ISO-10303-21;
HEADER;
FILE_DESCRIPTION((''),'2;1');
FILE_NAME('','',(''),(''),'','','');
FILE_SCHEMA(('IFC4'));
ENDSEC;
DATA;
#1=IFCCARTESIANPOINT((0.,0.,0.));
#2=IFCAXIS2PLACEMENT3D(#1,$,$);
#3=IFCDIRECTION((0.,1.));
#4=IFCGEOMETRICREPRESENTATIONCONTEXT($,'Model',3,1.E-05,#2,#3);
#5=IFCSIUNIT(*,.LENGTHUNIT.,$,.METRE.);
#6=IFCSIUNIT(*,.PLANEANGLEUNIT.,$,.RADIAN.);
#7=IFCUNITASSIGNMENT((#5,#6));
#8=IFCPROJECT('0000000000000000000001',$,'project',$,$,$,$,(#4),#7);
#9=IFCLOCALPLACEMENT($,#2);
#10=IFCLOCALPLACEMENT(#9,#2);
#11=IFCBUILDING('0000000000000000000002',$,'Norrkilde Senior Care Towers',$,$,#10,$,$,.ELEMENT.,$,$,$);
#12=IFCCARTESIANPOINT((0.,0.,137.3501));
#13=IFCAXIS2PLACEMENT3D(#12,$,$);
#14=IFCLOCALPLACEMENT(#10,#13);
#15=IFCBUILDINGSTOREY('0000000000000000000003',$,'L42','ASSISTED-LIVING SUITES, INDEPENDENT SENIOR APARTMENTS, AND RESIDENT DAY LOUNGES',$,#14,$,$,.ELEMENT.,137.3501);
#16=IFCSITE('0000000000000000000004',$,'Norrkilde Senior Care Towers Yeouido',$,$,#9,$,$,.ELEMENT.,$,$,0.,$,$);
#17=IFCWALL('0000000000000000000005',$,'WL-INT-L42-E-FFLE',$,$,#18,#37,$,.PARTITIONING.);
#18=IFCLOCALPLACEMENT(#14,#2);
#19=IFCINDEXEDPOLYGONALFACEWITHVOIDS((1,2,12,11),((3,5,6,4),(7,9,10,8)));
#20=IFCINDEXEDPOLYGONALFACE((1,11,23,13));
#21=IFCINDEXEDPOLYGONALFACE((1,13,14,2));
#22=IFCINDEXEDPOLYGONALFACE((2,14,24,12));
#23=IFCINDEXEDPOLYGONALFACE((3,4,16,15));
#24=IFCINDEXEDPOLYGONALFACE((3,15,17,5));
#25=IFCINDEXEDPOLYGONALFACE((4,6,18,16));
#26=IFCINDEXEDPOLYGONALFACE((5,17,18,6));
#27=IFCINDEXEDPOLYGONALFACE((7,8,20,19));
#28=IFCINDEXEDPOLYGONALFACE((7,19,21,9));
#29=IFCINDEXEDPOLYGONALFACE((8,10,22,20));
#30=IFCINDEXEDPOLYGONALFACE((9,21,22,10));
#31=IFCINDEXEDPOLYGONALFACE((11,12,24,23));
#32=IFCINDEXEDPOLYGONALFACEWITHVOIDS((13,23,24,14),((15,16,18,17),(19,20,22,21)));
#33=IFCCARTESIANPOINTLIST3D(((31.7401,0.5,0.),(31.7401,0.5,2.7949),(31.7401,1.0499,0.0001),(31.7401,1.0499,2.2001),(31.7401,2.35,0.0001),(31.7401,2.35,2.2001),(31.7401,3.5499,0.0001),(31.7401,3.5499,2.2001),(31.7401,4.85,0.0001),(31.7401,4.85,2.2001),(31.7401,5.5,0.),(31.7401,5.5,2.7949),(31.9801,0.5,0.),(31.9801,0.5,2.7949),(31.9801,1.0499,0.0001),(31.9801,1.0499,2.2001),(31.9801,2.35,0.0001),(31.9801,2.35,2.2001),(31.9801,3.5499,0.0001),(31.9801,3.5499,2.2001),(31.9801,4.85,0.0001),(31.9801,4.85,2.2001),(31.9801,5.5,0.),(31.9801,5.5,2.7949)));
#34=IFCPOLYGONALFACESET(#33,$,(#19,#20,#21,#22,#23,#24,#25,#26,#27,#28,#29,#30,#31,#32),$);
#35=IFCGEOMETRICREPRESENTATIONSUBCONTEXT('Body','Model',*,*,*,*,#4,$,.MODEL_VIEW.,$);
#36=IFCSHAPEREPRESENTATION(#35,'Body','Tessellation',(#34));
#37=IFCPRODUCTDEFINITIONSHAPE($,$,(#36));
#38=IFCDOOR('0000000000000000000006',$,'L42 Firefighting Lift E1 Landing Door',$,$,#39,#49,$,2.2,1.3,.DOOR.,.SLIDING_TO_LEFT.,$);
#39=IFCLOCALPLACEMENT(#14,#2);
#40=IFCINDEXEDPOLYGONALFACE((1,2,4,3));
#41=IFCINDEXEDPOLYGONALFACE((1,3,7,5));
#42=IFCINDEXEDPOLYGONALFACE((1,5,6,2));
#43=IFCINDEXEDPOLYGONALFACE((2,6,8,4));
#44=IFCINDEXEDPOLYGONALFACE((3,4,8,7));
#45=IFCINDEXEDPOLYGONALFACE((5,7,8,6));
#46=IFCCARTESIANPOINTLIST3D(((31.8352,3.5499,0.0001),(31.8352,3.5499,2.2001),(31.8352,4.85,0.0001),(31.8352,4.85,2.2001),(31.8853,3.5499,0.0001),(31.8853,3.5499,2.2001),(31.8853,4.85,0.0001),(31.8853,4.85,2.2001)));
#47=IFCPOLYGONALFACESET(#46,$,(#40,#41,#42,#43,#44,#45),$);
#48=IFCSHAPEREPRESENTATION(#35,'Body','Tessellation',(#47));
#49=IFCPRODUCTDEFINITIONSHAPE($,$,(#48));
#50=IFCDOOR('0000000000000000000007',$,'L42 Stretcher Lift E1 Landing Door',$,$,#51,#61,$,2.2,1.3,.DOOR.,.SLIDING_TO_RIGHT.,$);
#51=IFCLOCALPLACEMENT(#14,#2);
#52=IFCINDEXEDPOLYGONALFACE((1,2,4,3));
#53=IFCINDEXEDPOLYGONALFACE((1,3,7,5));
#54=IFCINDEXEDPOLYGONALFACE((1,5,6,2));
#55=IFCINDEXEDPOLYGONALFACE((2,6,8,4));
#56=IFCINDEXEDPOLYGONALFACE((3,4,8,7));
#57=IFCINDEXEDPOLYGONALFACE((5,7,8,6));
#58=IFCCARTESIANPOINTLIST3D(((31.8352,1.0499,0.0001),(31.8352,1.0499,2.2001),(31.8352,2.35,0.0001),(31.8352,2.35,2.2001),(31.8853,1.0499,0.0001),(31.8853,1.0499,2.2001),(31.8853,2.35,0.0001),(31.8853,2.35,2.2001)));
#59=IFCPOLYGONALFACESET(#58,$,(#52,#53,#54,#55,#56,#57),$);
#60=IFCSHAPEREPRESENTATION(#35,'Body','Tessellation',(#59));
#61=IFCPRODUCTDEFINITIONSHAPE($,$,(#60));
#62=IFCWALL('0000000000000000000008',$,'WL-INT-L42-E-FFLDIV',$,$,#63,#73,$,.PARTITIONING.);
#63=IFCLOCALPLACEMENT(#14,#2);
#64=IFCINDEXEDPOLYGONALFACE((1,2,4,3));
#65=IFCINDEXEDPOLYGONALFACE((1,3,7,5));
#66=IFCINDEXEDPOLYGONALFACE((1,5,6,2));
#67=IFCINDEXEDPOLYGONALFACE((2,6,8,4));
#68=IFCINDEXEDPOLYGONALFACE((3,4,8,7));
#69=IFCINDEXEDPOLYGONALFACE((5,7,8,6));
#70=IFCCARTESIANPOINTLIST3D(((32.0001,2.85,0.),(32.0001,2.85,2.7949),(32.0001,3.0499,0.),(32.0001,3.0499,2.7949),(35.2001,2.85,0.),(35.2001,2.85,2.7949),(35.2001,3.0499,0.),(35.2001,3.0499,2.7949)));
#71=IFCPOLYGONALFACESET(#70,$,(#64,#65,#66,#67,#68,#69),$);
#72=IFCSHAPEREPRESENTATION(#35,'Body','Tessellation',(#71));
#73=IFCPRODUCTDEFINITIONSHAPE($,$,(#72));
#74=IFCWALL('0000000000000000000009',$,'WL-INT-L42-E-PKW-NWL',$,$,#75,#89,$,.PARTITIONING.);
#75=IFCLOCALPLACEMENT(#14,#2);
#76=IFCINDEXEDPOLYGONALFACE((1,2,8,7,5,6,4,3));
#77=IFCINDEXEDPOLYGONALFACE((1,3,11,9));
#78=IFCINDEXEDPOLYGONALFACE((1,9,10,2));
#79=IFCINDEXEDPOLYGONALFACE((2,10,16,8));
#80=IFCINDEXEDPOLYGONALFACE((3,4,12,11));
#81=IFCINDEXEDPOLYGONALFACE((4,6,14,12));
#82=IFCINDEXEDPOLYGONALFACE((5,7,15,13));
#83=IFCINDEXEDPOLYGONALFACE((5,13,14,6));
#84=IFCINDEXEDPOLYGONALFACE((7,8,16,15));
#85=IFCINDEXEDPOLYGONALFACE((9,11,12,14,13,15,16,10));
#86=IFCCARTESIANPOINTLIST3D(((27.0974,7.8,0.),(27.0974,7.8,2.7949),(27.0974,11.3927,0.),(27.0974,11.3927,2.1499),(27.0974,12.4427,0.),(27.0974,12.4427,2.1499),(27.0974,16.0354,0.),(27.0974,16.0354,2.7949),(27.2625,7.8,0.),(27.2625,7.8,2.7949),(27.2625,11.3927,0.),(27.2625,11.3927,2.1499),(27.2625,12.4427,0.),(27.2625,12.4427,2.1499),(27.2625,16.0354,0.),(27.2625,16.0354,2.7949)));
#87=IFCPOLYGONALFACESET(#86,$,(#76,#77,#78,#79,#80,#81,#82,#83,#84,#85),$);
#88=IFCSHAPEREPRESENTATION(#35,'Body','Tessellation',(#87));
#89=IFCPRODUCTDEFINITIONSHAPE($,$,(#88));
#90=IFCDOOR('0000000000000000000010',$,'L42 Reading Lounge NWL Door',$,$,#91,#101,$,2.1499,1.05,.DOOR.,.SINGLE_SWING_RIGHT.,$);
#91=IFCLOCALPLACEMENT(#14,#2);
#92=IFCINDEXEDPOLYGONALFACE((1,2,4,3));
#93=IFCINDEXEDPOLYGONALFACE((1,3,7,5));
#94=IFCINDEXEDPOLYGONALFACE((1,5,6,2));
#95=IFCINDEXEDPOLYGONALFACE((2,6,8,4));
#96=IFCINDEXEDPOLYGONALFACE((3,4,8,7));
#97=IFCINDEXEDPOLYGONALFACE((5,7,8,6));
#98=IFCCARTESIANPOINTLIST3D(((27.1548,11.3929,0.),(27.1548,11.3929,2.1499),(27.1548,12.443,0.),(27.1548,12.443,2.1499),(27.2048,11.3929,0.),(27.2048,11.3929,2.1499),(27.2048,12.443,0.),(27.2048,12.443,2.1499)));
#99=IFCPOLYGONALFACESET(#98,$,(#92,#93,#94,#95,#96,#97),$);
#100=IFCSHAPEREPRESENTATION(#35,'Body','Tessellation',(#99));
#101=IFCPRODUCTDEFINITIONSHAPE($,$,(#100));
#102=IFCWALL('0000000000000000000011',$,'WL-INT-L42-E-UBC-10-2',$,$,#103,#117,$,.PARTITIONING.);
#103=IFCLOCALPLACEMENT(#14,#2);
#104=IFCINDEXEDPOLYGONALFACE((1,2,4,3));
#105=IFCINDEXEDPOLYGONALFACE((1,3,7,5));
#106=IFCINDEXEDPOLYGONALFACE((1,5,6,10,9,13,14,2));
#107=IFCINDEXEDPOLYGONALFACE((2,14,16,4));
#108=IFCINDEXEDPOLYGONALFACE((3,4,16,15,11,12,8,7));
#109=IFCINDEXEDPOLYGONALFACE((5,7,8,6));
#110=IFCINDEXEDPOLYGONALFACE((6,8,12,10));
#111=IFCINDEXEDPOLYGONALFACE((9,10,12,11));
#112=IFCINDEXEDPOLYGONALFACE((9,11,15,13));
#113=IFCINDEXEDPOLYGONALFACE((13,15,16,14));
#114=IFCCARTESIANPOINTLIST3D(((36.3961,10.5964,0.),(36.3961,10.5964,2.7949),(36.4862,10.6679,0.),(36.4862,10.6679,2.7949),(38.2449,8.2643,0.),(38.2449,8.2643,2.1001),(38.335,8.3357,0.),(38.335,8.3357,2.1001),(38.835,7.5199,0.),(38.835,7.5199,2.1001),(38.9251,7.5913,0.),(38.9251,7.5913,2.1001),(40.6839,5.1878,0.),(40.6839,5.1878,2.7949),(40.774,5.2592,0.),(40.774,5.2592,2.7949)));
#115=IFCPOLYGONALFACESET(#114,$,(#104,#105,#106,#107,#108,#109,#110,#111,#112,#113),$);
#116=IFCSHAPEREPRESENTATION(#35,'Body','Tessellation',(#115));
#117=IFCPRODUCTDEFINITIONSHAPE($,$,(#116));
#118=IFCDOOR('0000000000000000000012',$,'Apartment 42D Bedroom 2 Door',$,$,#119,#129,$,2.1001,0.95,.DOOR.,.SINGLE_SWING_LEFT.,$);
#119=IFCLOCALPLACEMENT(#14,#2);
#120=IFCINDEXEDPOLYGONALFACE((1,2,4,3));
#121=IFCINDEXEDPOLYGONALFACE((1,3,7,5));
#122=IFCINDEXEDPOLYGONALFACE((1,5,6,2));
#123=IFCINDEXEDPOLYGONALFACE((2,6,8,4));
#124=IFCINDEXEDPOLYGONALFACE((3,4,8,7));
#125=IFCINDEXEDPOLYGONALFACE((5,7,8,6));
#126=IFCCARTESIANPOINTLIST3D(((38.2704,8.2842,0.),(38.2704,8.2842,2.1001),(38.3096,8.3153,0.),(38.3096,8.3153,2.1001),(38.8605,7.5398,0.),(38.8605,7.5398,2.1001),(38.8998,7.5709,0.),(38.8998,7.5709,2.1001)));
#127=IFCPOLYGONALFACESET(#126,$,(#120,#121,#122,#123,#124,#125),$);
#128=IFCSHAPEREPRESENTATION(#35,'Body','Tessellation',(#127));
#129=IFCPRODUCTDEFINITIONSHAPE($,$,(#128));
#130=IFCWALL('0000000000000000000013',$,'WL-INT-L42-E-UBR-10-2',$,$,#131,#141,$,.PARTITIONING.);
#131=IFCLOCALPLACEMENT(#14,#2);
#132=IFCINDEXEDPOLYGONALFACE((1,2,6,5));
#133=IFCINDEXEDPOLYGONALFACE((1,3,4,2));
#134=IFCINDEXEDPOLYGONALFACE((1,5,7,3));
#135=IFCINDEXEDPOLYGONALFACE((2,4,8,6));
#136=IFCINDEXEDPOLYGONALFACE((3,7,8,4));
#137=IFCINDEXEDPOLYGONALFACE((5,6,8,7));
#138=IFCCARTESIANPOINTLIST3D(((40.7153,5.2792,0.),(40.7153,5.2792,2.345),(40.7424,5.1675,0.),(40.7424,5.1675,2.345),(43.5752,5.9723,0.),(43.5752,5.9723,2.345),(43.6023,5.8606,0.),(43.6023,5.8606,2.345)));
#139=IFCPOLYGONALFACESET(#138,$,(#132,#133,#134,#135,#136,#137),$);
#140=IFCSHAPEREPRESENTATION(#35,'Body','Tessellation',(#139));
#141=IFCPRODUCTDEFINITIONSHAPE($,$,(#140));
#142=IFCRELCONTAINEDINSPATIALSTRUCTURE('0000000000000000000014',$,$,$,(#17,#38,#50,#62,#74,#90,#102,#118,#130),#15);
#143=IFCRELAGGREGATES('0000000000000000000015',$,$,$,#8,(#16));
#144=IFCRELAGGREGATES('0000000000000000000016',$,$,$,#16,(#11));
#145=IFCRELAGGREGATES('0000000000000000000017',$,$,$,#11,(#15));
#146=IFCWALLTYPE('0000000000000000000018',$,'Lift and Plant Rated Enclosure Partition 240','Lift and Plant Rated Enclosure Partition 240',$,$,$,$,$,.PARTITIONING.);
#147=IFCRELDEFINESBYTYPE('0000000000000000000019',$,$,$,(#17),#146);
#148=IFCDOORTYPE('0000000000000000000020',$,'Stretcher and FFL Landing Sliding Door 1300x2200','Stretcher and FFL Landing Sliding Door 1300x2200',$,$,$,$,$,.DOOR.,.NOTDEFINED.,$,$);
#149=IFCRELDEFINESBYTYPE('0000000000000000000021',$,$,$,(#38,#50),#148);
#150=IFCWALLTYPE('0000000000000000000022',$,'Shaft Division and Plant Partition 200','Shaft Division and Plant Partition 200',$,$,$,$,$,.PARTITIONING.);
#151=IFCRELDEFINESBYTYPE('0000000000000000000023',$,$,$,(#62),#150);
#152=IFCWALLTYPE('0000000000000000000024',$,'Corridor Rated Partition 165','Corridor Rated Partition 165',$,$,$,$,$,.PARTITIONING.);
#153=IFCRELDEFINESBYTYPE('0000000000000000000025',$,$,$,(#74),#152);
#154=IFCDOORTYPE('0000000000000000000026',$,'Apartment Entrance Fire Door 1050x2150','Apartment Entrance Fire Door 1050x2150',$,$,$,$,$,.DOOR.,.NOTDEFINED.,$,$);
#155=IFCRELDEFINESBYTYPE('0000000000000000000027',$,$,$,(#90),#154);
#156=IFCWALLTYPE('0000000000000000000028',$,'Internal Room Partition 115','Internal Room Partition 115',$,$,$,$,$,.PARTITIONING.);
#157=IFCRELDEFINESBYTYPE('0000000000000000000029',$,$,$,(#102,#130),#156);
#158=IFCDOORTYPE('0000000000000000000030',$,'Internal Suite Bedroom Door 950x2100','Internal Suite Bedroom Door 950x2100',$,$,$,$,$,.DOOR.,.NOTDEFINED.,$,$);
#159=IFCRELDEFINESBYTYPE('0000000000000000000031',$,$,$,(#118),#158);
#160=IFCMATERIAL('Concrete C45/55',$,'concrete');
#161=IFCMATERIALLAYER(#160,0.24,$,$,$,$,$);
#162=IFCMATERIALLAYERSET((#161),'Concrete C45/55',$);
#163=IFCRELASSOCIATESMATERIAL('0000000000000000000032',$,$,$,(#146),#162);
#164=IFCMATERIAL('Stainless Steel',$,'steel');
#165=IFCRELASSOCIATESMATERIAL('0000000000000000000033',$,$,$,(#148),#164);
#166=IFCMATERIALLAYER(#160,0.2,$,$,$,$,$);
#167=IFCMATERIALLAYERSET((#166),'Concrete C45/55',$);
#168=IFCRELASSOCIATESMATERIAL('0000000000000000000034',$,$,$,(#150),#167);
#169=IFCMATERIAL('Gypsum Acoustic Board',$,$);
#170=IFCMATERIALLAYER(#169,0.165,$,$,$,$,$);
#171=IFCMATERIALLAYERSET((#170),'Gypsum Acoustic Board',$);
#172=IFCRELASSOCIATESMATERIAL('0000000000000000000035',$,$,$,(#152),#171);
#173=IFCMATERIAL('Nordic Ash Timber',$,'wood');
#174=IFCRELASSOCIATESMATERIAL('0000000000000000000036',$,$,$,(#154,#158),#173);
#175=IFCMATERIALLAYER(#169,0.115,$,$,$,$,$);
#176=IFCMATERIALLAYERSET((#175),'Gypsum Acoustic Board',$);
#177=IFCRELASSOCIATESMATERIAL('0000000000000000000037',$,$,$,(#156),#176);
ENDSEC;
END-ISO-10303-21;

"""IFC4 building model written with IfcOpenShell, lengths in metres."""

from ifc_helpers import new_model, si_unit, direction, frame, frame_2d, origin, place, context, subcontext, project, spatial, rectangle, extrude, source, transform, mapped, material, layer, layer_set, type_object, type_shapes, element, fill, save


model = new_model("IFC4")

# Units and contexts
model_context = context("Model", 3, precision=1e-05, world=origin(), true_north=direction((0.0, 1.0)))
body_context = subcontext(model_context, "Body", "Model", "MODEL_VIEW")
ifc_project = project(units=[si_unit("LENGTHUNIT", "METRE"), si_unit("PLANEANGLEUNIT", "RADIAN")], contexts=[model_context])

# Site, building, storey
site_placement = place(None, origin())
site = spatial("IfcSite", under=ifc_project, at=site_placement, Name="Norrkilde Senior Care Towers Yeouido", CompositionType="ELEMENT", RefElevation=0.0)
building_placement = place(site_placement, origin())
building = spatial("IfcBuilding", under=site, at=building_placement, Name="Norrkilde Senior Care Towers", CompositionType="ELEMENT")
storey_placement = place(building_placement, frame((0.0, 0.0, 137.3501)))
storey = spatial("IfcBuildingStorey", under=building, at=storey_placement, Name="L42", Description="ASSISTED-LIVING SUITES, INDEPENDENT SENIOR APARTMENTS, AND RESIDENT DAY LOUNGES", CompositionType="ELEMENT", Elevation=137.3501)

# Wall, openings, doors
ifc_material_1 = material(Name="Concrete C45/55", Category="concrete")
ifc_layer_1 = layer(ifc_material_1, 0.24)
ifc_layer_set_1 = layer_set([ifc_layer_1], Name="Concrete C45/55")
wall_type_1 = type_object("IfcWallType", Name="Lift and Plant Rated Enclosure Partition 240", Description="Lift and Plant Rated Enclosure Partition 240", PredefinedType="PARTITIONING", material=ifc_layer_set_1)
shared_shape_1 = source(origin(), body_context, "Body", "SweptSolid", [
    extrude(rectangle(XDim=5.0, YDim=0.24, at=frame_2d((2.5, 0.0))), origin(), (0.0, 0.0, 1.0), 2.7949),
])
type_shapes(wall_type_1, [shared_shape_1])
wall_1_placement = place(storey_placement, frame((31.8601, 0.5, 0.0), z_axis=(0.0, 0.0, 1.0), x_axis=(0.0, 1.0, 0.0)))
wall_1 = element("IfcWall", 1, at=wall_1_placement, inside=storey, type_object=wall_type_1, Name="WL-INT-L42-E-FFLE", PredefinedType="PARTITIONING", context=body_context, shape_type="MappedRepresentation", body=[
    mapped(shared_shape_1, transform((0.0, 0.0, 0.0), x_axis=(1.0, 0.0, 0.0), y_axis=(0.0, 1.0, 0.0), z_axis=(0.0, 0.0, 1.0), scale=1.0)),
])
opening_1_placement = place(wall_1_placement, frame((3.05, 0.0, 0.0)))
opening_1 = element("IfcOpeningElement", 2, at=opening_1_placement, cuts=wall_1, PredefinedType="OPENING", context=body_context, shape_type="SweptSolid", body=[
    extrude(rectangle(XDim=1.3, YDim=2.2, at=frame_2d((0.6499, 1.1001))), frame((0.0, 0.1299, 0.0), z_axis=(0.0, -1.0, 0.0), x_axis=(1.0, 0.0, 0.0)), (0.0, 0.0, 1.0), 0.26),
])
opening_2_placement = place(wall_1_placement, frame((0.55, 0.0, 0.0)))
opening_2 = element("IfcOpeningElement", 3, at=opening_2_placement, cuts=wall_1, PredefinedType="OPENING", context=body_context, shape_type="SweptSolid", body=[
    extrude(rectangle(XDim=1.3, YDim=2.2, at=frame_2d((0.6499, 1.1001))), frame((0.0, 0.1299, 0.0), z_axis=(0.0, -1.0, 0.0), x_axis=(1.0, 0.0, 0.0)), (0.0, 0.0, 1.0), 0.26),
])
ifc_material_2 = material(Name="Stainless Steel", Category="steel")
door_type_1 = type_object("IfcDoorType", Name="Stretcher and FFL Landing Sliding Door 1300x2200", Description="Stretcher and FFL Landing Sliding Door 1300x2200", OperationType="NOTDEFINED", PredefinedType="DOOR", material=ifc_material_2)
shared_shape_2 = source(origin(), body_context, "Body", "SweptSolid", [
    extrude(rectangle(XDim=1.3, YDim=2.2, at=frame_2d((0.6499, 1.1001))), frame((0.0, 0.0249, 0.0), z_axis=(0.0, -1.0, 0.0), x_axis=(1.0, 0.0, 0.0)), (0.0, 0.0, 1.0), 0.05),
])
type_shapes(door_type_1, [shared_shape_2])
door_1_placement = place(opening_1_placement, origin())
door_1 = element("IfcDoor", 4, at=door_1_placement, inside=storey, type_object=door_type_1, Name="L42 Firefighting Lift E1 Landing Door", OperationType="SLIDING_TO_LEFT", OverallHeight=2.2, OverallWidth=1.3, PredefinedType="DOOR", context=body_context, shape_type="MappedRepresentation", body=[
    mapped(shared_shape_2, transform((0.0, 0.0, 0.0), x_axis=(1.0, 0.0, 0.0), y_axis=(0.0, 1.0, 0.0), z_axis=(0.0, 0.0, 1.0), scale=1.0)),
])
fill(opening_1, door_1)
door_2_placement = place(opening_2_placement, origin())
door_2 = element("IfcDoor", 5, at=door_2_placement, inside=storey, type_object=door_type_1, Name="L42 Stretcher Lift E1 Landing Door", OperationType="SLIDING_TO_RIGHT", OverallHeight=2.2, OverallWidth=1.3, PredefinedType="DOOR", context=body_context, shape_type="MappedRepresentation", body=[
    mapped(shared_shape_2, transform((0.0, 0.0, 0.0), x_axis=(1.0, 0.0, 0.0), y_axis=(0.0, 1.0, 0.0), z_axis=(0.0, 0.0, 1.0), scale=1.0)),
])
fill(opening_2, door_2)

# Wall
ifc_layer_2 = layer(ifc_material_1, 0.2)
ifc_layer_set_2 = layer_set([ifc_layer_2], Name="Concrete C45/55")
wall_type_2 = type_object("IfcWallType", Name="Shaft Division and Plant Partition 200", Description="Shaft Division and Plant Partition 200", PredefinedType="PARTITIONING", material=ifc_layer_set_2)
shared_shape_3 = source(origin(), body_context, "Body", "SweptSolid", [
    extrude(rectangle(XDim=3.2, YDim=0.2, at=frame_2d((1.6001, 0.0))), origin(), (0.0, 0.0, 1.0), 2.7949),
])
type_shapes(wall_type_2, [shared_shape_3])
wall_2_placement = place(storey_placement, frame((32.0, 2.95, 0.0), z_axis=(0.0, 0.0, 1.0), x_axis=(1.0, 0.0, 0.0)))
element("IfcWall", 6, at=wall_2_placement, inside=storey, type_object=wall_type_2, Name="WL-INT-L42-E-FFLDIV", PredefinedType="PARTITIONING", context=body_context, shape_type="MappedRepresentation", body=[
    mapped(shared_shape_3, transform((0.0, 0.0, 0.0), x_axis=(1.0, 0.0, 0.0), y_axis=(0.0, 1.0, 0.0), z_axis=(0.0, 0.0, 1.0), scale=1.0)),
])

# Walls, openings, doors
ifc_material_3 = material(Name="Gypsum Acoustic Board")
ifc_layer_3 = layer(ifc_material_3, 0.165)
ifc_layer_set_3 = layer_set([ifc_layer_3], Name="Gypsum Acoustic Board")
wall_type_3 = type_object("IfcWallType", Name="Corridor Rated Partition 165", Description="Corridor Rated Partition 165", PredefinedType="PARTITIONING", material=ifc_layer_set_3)
shared_shape_4 = source(origin(), body_context, "Body", "SweptSolid", [
    extrude(rectangle(XDim=8.2354, YDim=0.165, at=frame_2d((4.1177, 0.0))), origin(), (0.0, 0.0, 1.0), 2.7949),
])
type_shapes(wall_type_3, [shared_shape_4])
wall_3_placement = place(storey_placement, frame((27.1799, 7.8, 0.0), z_axis=(0.0, 0.0, 1.0), x_axis=(0.0, 1.0, 0.0)))
wall_3 = element("IfcWall", 7, at=wall_3_placement, inside=storey, type_object=wall_type_3, Name="WL-INT-L42-E-PKW-NWL", PredefinedType="PARTITIONING", context=body_context, shape_type="MappedRepresentation", body=[
    mapped(shared_shape_4, transform((0.0, 0.0, 0.0), x_axis=(1.0, 0.0, 0.0), y_axis=(0.0, 1.0, 0.0), z_axis=(0.0, 0.0, 1.0), scale=1.0)),
])
opening_3_placement = place(wall_3_placement, frame((3.5928, 0.0, 0.0)))
opening_3 = element("IfcOpeningElement", 8, at=opening_3_placement, cuts=wall_3, PredefinedType="OPENING", context=body_context, shape_type="SweptSolid", body=[
    extrude(rectangle(XDim=1.05, YDim=2.1499, at=frame_2d((0.5249, 1.075))), frame((0.0, 0.0925, 0.0), z_axis=(0.0, -1.0, 0.0), x_axis=(1.0, 0.0, 0.0)), (0.0, 0.0, 1.0), 0.1851),
])
ifc_material_4 = material(Name="Nordic Ash Timber", Category="wood")
door_type_2 = type_object("IfcDoorType", Name="Apartment Entrance Fire Door 1050x2150", Description="Apartment Entrance Fire Door 1050x2150", OperationType="NOTDEFINED", PredefinedType="DOOR", material=ifc_material_4)
shared_shape_5 = source(origin(), body_context, "Body", "SweptSolid", [
    extrude(rectangle(XDim=1.05, YDim=2.1499, at=frame_2d((0.5249, 1.075))), frame((0.0, 0.0249, 0.0), z_axis=(0.0, -1.0, 0.0), x_axis=(1.0, 0.0, 0.0)), (0.0, 0.0, 1.0), 0.05),
])
type_shapes(door_type_2, [shared_shape_5])
door_3_placement = place(opening_3_placement, frame((1.05, 0.0, 0.0), z_axis=(0.0, 0.0, 1.0), x_axis=(-1.0, 0.0, 0.0)))
door_3 = element("IfcDoor", 9, at=door_3_placement, inside=storey, type_object=door_type_2, Name="L42 Reading Lounge NWL Door", OperationType="SINGLE_SWING_RIGHT", OverallHeight=2.1499, OverallWidth=1.05, PredefinedType="DOOR", context=body_context, shape_type="MappedRepresentation", body=[
    mapped(shared_shape_5, transform((0.0, 0.0, 0.0), x_axis=(1.0, 0.0, 0.0), y_axis=(0.0, 1.0, 0.0), z_axis=(0.0, 0.0, 1.0), scale=1.0)),
])
fill(opening_3, door_3)
ifc_layer_4 = layer(ifc_material_3, 0.115)
ifc_layer_set_4 = layer_set([ifc_layer_4], Name="Gypsum Acoustic Board")
wall_type_4 = type_object("IfcWallType", Name="Internal Room Partition 115", Description="Internal Room Partition 115", PredefinedType="PARTITIONING", material=ifc_layer_set_4)
shared_shape_6 = source(origin(), body_context, "Body", "SweptSolid", [
    extrude(rectangle(XDim=6.9021, YDim=0.115, at=frame_2d((3.4512, 0.0))), origin(), (0.0, 0.0, 1.0), 2.7949),
])
wall_4_placement = place(storey_placement, frame((40.729, 5.2234, 0.0), z_axis=(0.0, 0.0, 1.0), x_axis=(-0.621234, 0.783625, 0.0)))
wall_4 = element("IfcWall", 10, at=wall_4_placement, inside=storey, type_object=wall_type_4, Name="WL-INT-L42-E-UBC-10-2", PredefinedType="PARTITIONING", context=body_context, shape_type="MappedRepresentation", body=[
    mapped(shared_shape_6, transform((0.0, 0.0, 0.0), x_axis=(1.0, 0.0, 0.0), y_axis=(0.0, 1.0, 0.0), z_axis=(0.0, 0.0, 1.0), scale=1.0)),
])
opening_4_placement = place(wall_4_placement, frame((2.9761, 0.0, 0.0)))
opening_4 = element("IfcOpeningElement", 11, at=opening_4_placement, cuts=wall_4, PredefinedType="OPENING", context=body_context, shape_type="SweptSolid", body=[
    extrude(rectangle(XDim=0.95, YDim=2.1001, at=frame_2d((0.4751, 1.05))), frame((0.0, 0.0674, 0.0), z_axis=(0.0, -1.0, 0.0), x_axis=(1.0, 0.0, 0.0)), (0.0, 0.0, 1.0), 0.135),
])
door_type_3 = type_object("IfcDoorType", Name="Internal Suite Bedroom Door 950x2100", Description="Internal Suite Bedroom Door 950x2100", OperationType="NOTDEFINED", PredefinedType="DOOR", material=ifc_material_4)
shared_shape_7 = source(origin(), body_context, "Body", "SweptSolid", [
    extrude(rectangle(XDim=0.95, YDim=2.1001, at=frame_2d((0.4751, 1.05))), frame((0.0, 0.0249, 0.0), z_axis=(0.0, -1.0, 0.0), x_axis=(1.0, 0.0, 0.0)), (0.0, 0.0, 1.0), 0.05),
])
type_shapes(door_type_3, [shared_shape_7])
door_4_placement = place(opening_4_placement, frame((0.95, 0.0, 0.0), z_axis=(0.0, 0.0, 1.0), x_axis=(-1.0, 0.0, 0.0)))
door_4 = element("IfcDoor", 12, at=door_4_placement, inside=storey, type_object=door_type_3, Name="Apartment 42D Bedroom 2 Door", OperationType="SINGLE_SWING_LEFT", OverallHeight=2.1001, OverallWidth=0.95, PredefinedType="DOOR", context=body_context, shape_type="MappedRepresentation", body=[
    mapped(shared_shape_7, transform((0.0, 0.0, 0.0), x_axis=(1.0, 0.0, 0.0), y_axis=(0.0, 1.0, 0.0), z_axis=(0.0, 0.0, 1.0), scale=1.0)),
])
fill(opening_4, door_4)

# Wall
shared_shape_8 = source(origin(), body_context, "Body", "SweptSolid", [
    extrude(rectangle(XDim=2.9426, YDim=0.115, at=frame_2d((1.4712, 0.0))), origin(), (0.0, 0.0, 1.0), 2.345),
])
type_shapes(wall_type_4, [shared_shape_6, shared_shape_8])
wall_5_placement = place(storey_placement, frame((40.729, 5.2234, 0.0), z_axis=(0.0, 0.0, 1.0), x_axis=(0.971864, 0.235541, 0.0)))
element("IfcWall", 13, at=wall_5_placement, inside=storey, type_object=wall_type_4, Name="WL-INT-L42-E-UBR-10-2", PredefinedType="PARTITIONING", context=body_context, shape_type="MappedRepresentation", body=[
    mapped(shared_shape_8, transform((0.0, 0.0, 0.0), x_axis=(1.0, 0.0, 0.0), y_axis=(0.0, 1.0, 0.0), z_axis=(0.0, 0.0, 1.0), scale=1.0)),
])

save(model, "model.ifc")
